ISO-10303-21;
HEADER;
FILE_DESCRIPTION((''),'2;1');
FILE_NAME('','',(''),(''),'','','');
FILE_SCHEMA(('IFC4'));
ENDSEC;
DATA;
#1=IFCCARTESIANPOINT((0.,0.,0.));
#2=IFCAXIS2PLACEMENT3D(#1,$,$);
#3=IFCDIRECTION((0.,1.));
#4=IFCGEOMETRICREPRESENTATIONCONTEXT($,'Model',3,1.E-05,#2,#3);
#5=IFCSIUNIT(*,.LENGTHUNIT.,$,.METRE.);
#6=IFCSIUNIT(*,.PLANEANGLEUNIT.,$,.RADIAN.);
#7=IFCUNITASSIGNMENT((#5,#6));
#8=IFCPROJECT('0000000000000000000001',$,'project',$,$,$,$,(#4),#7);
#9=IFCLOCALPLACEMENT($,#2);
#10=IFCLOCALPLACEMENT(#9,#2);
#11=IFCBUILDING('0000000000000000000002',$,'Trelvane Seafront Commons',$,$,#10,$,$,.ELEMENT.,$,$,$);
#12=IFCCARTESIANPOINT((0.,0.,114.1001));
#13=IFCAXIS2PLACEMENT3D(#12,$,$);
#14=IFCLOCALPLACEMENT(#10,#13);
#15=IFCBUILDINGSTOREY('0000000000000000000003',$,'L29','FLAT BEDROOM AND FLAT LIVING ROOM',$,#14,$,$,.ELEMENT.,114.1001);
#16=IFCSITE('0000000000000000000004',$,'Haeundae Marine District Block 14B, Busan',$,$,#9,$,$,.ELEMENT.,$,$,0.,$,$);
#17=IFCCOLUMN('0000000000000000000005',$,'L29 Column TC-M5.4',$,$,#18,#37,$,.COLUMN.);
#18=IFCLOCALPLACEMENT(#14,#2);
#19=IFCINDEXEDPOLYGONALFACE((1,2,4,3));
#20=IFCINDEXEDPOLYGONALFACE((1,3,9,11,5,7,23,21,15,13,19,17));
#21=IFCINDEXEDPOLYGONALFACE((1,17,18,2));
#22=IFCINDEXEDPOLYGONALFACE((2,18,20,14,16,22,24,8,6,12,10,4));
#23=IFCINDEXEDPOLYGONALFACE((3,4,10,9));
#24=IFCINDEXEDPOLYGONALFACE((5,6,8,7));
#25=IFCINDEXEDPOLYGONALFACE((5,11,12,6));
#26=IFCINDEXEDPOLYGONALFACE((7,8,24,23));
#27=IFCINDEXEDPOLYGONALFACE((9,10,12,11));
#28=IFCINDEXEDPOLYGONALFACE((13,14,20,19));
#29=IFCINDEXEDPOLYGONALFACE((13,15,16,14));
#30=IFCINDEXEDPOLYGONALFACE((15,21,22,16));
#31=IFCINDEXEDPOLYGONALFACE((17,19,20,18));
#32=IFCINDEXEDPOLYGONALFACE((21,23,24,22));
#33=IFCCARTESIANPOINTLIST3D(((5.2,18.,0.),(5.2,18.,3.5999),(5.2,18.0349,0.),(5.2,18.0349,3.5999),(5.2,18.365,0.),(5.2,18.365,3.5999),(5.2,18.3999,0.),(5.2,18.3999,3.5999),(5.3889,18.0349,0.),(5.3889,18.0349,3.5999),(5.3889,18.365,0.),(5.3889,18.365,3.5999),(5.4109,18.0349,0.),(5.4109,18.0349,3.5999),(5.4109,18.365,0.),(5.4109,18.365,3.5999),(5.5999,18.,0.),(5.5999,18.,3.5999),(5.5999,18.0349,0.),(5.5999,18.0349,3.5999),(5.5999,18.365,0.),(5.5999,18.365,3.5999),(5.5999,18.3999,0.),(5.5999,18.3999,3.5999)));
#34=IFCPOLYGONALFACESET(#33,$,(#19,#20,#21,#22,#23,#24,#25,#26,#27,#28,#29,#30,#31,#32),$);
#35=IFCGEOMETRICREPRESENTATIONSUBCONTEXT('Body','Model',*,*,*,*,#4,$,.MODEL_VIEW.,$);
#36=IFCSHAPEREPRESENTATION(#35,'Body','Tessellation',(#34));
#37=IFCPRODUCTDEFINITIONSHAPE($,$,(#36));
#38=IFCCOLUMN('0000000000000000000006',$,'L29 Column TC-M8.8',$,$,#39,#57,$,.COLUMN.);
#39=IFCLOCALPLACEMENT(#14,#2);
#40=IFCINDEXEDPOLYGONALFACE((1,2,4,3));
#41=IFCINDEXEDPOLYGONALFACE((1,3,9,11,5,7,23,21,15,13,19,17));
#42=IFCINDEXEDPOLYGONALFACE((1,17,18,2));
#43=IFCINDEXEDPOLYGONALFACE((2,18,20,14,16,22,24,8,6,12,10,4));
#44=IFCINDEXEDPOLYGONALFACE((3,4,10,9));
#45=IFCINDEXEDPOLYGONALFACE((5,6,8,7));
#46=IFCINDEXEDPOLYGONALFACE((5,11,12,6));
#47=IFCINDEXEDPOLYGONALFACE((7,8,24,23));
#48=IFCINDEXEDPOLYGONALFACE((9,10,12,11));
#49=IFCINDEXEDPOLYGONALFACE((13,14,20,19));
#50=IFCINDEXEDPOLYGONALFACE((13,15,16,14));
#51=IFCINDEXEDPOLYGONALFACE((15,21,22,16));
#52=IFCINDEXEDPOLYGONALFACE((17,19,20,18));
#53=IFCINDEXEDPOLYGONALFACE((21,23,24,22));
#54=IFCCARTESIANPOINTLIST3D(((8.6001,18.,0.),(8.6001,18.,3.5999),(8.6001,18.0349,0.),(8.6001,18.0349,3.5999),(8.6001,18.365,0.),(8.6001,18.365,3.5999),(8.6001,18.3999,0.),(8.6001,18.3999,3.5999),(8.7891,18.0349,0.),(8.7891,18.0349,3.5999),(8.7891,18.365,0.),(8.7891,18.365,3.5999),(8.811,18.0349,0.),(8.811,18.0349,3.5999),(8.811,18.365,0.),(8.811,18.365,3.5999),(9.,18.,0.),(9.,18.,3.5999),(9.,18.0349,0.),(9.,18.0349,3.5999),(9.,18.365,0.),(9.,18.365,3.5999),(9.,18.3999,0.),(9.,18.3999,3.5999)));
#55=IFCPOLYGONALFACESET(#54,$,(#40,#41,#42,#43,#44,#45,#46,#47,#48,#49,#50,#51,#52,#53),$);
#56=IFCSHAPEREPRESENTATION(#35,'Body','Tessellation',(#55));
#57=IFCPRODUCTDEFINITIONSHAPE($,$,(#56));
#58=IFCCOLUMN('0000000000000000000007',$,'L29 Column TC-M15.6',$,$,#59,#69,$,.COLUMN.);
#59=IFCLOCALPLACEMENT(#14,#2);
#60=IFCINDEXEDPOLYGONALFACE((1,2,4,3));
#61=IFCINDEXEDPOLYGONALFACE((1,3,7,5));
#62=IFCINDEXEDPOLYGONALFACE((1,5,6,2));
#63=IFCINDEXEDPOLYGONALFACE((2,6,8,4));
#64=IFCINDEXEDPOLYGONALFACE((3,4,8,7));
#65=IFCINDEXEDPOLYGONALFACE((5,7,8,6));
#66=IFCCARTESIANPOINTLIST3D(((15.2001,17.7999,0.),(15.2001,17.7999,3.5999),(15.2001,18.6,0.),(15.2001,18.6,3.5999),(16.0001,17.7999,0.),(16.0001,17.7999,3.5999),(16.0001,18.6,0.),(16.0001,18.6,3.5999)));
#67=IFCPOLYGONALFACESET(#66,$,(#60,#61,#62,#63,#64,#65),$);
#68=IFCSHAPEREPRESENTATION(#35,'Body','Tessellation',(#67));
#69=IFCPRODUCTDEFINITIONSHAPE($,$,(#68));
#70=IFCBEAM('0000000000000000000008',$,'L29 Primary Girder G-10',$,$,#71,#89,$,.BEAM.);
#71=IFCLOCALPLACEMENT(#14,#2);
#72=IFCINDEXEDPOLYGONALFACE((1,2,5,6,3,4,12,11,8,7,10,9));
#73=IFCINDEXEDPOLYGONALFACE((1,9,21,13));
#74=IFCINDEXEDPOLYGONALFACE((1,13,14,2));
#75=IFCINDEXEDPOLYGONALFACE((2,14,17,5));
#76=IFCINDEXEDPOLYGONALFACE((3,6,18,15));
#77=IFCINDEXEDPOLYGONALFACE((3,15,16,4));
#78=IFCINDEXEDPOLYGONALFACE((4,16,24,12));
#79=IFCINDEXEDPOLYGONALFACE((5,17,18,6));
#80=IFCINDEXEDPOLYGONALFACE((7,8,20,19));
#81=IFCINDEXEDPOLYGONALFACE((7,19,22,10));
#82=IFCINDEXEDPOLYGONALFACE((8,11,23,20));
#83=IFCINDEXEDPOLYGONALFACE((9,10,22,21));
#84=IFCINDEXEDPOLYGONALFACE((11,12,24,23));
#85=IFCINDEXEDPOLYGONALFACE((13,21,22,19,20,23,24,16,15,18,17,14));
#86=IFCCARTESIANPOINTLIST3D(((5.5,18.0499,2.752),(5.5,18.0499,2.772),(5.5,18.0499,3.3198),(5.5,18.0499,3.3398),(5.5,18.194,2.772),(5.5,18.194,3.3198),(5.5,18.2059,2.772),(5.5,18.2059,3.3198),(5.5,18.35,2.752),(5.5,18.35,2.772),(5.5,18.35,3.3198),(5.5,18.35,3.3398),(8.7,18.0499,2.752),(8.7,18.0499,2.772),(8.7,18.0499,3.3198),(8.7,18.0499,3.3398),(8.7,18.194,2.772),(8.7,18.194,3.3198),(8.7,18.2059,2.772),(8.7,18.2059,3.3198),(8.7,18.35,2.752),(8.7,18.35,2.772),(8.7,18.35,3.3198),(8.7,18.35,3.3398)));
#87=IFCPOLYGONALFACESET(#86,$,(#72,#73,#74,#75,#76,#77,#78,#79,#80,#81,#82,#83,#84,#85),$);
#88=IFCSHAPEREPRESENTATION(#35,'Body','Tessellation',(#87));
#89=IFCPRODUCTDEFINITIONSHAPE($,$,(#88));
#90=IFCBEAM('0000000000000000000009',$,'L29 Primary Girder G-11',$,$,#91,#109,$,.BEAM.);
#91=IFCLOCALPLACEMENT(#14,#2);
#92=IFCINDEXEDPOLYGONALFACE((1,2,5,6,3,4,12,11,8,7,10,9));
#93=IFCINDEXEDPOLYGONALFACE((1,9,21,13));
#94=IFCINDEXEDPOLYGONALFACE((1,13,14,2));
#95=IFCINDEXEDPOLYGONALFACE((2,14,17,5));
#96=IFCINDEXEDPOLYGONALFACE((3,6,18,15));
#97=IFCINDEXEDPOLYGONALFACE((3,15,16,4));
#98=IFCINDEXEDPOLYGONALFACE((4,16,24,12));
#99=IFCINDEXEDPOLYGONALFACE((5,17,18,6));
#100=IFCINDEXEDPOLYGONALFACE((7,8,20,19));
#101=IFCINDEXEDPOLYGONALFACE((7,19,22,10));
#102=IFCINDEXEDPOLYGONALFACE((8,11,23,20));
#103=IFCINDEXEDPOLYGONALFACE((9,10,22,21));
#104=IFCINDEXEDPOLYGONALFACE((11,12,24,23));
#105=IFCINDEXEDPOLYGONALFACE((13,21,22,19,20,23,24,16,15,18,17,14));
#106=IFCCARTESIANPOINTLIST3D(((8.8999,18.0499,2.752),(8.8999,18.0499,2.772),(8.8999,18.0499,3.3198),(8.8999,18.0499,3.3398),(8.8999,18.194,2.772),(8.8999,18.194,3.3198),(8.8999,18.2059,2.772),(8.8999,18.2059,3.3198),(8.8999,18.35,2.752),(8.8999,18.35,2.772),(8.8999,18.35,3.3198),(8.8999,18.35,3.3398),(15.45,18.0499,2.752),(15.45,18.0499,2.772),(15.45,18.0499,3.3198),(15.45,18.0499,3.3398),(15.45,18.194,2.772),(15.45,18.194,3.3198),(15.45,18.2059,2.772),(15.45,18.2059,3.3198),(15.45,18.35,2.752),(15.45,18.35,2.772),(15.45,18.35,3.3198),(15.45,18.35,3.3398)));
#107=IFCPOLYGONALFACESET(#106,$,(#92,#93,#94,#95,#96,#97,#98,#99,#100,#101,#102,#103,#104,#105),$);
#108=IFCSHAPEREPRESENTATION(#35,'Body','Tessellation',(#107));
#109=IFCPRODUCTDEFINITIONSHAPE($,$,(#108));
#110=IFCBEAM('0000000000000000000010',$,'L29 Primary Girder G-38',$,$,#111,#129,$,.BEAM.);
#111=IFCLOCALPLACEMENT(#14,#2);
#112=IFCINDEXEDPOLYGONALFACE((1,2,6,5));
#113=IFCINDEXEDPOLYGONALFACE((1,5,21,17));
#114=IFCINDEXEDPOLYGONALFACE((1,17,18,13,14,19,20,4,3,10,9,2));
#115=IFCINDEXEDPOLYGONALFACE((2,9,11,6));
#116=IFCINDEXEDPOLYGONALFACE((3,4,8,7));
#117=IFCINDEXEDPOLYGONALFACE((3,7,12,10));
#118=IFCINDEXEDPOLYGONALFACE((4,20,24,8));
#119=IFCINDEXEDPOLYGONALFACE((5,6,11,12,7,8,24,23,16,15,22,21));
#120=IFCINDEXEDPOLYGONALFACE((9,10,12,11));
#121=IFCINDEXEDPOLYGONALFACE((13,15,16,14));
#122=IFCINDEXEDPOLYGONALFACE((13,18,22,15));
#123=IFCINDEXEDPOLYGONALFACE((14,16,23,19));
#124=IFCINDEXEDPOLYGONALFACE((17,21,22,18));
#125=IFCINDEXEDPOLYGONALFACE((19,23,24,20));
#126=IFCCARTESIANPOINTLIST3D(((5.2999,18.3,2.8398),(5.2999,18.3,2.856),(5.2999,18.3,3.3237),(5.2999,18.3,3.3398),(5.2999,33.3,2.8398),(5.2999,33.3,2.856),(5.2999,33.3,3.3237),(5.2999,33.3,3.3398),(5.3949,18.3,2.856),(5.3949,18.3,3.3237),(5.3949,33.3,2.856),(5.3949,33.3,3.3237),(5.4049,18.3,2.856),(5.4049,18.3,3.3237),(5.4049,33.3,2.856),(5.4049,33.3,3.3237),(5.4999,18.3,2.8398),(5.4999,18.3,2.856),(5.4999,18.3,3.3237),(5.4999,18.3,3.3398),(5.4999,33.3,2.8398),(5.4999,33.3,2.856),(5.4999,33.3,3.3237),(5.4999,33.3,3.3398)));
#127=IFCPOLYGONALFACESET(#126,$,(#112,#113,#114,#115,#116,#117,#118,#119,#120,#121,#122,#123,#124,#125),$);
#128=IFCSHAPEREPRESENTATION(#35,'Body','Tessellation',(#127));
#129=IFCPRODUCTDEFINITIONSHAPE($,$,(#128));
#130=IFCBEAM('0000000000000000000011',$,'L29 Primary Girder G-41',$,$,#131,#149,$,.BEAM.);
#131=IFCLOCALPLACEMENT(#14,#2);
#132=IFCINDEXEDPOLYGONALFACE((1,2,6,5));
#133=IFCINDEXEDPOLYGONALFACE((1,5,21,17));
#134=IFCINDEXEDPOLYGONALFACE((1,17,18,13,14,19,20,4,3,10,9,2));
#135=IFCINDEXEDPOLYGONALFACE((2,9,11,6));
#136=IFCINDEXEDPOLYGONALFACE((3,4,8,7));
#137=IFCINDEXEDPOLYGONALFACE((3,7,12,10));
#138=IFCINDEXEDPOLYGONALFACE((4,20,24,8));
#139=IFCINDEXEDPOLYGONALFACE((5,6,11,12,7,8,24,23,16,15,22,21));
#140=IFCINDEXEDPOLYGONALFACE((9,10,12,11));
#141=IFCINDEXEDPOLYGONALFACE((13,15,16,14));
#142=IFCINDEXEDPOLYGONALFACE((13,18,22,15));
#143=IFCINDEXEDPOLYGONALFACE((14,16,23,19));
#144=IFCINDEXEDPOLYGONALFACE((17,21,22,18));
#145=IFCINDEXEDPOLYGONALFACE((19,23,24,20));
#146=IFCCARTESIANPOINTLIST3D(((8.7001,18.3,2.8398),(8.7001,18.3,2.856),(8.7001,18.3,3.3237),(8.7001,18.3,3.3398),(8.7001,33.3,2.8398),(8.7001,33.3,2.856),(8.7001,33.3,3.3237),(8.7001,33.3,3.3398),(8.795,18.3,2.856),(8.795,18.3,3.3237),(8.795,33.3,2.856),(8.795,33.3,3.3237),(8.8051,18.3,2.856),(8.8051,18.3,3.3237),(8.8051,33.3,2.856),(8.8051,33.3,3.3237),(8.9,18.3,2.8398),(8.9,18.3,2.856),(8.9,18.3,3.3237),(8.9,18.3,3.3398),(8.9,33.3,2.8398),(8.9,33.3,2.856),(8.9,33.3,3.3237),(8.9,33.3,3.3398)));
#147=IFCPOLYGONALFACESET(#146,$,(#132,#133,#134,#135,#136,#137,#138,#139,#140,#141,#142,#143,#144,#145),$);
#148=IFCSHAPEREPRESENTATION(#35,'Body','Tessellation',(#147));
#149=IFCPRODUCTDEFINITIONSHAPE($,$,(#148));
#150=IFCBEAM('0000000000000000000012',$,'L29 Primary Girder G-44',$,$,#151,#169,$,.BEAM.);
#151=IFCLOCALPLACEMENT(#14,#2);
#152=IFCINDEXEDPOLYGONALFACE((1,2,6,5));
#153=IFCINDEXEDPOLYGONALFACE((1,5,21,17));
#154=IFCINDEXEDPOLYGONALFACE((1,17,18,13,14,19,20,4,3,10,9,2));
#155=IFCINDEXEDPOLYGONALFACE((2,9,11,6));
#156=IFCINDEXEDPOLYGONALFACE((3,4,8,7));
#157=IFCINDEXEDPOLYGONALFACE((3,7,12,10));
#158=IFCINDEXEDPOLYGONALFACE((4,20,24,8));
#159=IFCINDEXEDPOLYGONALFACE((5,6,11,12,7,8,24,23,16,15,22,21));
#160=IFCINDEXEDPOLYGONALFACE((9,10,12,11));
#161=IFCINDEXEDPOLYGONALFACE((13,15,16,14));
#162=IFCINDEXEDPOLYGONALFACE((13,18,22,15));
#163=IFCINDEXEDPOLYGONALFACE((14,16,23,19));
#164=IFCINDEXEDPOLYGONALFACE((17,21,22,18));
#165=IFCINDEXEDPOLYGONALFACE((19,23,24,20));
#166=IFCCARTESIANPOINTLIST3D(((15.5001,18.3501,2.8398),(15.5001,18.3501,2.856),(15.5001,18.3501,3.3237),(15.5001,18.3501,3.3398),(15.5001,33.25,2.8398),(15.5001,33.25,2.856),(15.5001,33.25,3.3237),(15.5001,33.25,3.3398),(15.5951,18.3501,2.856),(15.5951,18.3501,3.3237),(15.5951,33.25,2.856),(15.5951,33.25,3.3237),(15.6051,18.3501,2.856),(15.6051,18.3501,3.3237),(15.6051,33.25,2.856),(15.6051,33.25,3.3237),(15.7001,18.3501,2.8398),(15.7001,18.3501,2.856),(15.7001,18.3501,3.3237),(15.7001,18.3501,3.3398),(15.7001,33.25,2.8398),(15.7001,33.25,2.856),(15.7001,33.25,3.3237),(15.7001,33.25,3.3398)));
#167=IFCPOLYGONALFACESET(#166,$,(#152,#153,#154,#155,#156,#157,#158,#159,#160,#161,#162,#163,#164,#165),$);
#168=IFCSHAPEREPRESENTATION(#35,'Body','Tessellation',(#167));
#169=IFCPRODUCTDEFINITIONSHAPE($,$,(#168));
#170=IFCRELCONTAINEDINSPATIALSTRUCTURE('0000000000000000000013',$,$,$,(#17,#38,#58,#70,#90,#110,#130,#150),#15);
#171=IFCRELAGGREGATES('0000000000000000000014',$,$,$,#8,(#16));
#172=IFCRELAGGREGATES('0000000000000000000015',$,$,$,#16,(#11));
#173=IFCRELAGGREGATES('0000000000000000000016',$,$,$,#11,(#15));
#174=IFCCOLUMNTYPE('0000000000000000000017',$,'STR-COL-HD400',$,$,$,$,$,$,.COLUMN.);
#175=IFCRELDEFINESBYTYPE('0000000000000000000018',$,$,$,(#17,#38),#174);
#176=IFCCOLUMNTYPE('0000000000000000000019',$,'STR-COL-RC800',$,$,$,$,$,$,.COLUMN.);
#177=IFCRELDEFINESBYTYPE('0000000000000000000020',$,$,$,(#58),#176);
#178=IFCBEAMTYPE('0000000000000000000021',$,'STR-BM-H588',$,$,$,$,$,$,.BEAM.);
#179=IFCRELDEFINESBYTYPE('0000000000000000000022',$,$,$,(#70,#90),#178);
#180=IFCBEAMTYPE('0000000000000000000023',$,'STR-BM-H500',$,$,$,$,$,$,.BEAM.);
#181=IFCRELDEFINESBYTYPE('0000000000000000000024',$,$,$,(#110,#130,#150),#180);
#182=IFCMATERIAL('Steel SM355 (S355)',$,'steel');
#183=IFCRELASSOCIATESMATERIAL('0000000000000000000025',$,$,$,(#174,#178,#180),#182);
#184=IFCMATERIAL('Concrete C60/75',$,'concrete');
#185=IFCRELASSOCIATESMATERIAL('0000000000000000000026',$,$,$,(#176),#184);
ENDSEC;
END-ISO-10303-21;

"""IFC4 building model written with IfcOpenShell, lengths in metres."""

from ifc_helpers import new_model, si_unit, direction, frame, origin, origin_2d, place, context, subcontext, project, spatial, rectangle, i_section, extrude, source, transform, mapped, material, material_profile, profile_set, type_object, element, save


model = new_model("IFC4")

# Units and contexts
model_context = context("Model", 3, precision=1e-05, world=origin(), true_north=direction((0.0, 1.0)))
body_context = subcontext(model_context, "Body", "Model", "MODEL_VIEW")
ifc_project = project(units=[si_unit("LENGTHUNIT", "METRE"), si_unit("PLANEANGLEUNIT", "RADIAN")], contexts=[model_context])

# Site, building, storey
site_placement = place(None, origin())
site = spatial("IfcSite", under=ifc_project, at=site_placement, Name="Haeundae Marine District Block 14B, Busan", CompositionType="ELEMENT", RefElevation=0.0)
building_placement = place(site_placement, origin())
building = spatial("IfcBuilding", under=site, at=building_placement, Name="Trelvane Seafront Commons", CompositionType="ELEMENT")
storey_placement = place(building_placement, frame((0.0, 0.0, 114.1001)))
storey = spatial("IfcBuildingStorey", under=building, at=storey_placement, Name="L29", Description="FLAT BEDROOM AND FLAT LIVING ROOM", CompositionType="ELEMENT", Elevation=114.1001)

# Columns
ifc_material_1 = material(Name="Steel SM355 (S355)", Category="steel")
ifc_material_profile_1 = material_profile(ifc_material_1, i_section(OverallWidth=0.3999, OverallDepth=0.3999, WebThickness=0.022, FlangeThickness=0.0349, at=origin_2d()), Name="HD-400x400x22x35")
ifc_profile_set_1 = profile_set([ifc_material_profile_1], Name="Steel SM355 (S355)")
column_type_1 = type_object("IfcColumnType", Name="STR-COL-HD400", PredefinedType="COLUMN", material=ifc_profile_set_1)
shared_shape_1 = source(origin(), body_context, "Body", "SweptSolid", [
    extrude(i_section(OverallWidth=0.3999, OverallDepth=0.3999, WebThickness=0.022, FlangeThickness=0.0349, at=origin_2d()), origin(), (0.0, 0.0, 1.0), 3.5999),
])
for number, where, z_axis, x_axis, name in (
    (1, (5.3999, 18.2, 0.0), (0.0, 0.0, 1.0), (1.0, 0.0, 0.0), "L29 Column TC-M5.4"),
    (2, (8.8, 18.2, 0.0), (0.0, 0.0, 1.0), (1.0, 0.0, 0.0), "L29 Column TC-M8.8"),
):
    element("IfcColumn", number, at=place(storey_placement, frame(where, z_axis=z_axis, x_axis=x_axis)), inside=storey, type_object=column_type_1, Name=name, PredefinedType="COLUMN", context=body_context, shape_type="MappedRepresentation", body=[
        mapped(shared_shape_1, transform((0.0, 0.0, 0.0), x_axis=(1.0, 0.0, 0.0), y_axis=(0.0, 1.0, 0.0), z_axis=(0.0, 0.0, 1.0), scale=1.0)),
    ])
ifc_material_2 = material(Name="Concrete C60/75", Category="concrete")
ifc_material_profile_2 = material_profile(ifc_material_2, rectangle(XDim=0.8, YDim=0.8, at=origin_2d()), Name="RC-800x800")
ifc_profile_set_2 = profile_set([ifc_material_profile_2], Name="Concrete C60/75")
column_type_2 = type_object("IfcColumnType", Name="STR-COL-RC800", PredefinedType="COLUMN", material=ifc_profile_set_2)
shared_shape_2 = source(origin(), body_context, "Body", "SweptSolid", [
    extrude(rectangle(XDim=0.8, YDim=0.8, at=origin_2d()), origin(), (0.0, 0.0, 1.0), 3.5999),
])
column_placement = place(storey_placement, frame((15.6001, 18.2, 0.0), z_axis=(0.0, 0.0, 1.0), x_axis=(1.0, 0.0, 0.0)))
element("IfcColumn", 3, at=column_placement, inside=storey, type_object=column_type_2, Name="L29 Column TC-M15.6", PredefinedType="COLUMN", context=body_context, shape_type="MappedRepresentation", body=[
    mapped(shared_shape_2, transform((0.0, 0.0, 0.0), x_axis=(1.0, 0.0, 0.0), y_axis=(0.0, 1.0, 0.0), z_axis=(0.0, 0.0, 1.0), scale=1.0)),
])

# Beams
ifc_material_profile_3 = material_profile(ifc_material_1, i_section(OverallWidth=0.3, OverallDepth=0.5879, WebThickness=0.012, FlangeThickness=0.02, at=origin_2d()), Name="H-588x300x12x20")
ifc_profile_set_3 = profile_set([ifc_material_profile_3], Name="Steel SM355 (S355)")
beam_type_1 = type_object("IfcBeamType", Name="STR-BM-H588", PredefinedType="BEAM", material=ifc_profile_set_3)
shared_shape_3 = source(origin(), body_context, "Body", "SweptSolid", [
    extrude(i_section(OverallWidth=0.3, OverallDepth=0.5879, WebThickness=0.012, FlangeThickness=0.02, at=origin_2d()), origin(), (0.0, 0.0, 1.0), 3.2),
])
beam_1_placement = place(storey_placement, frame((5.5, 18.2, 3.0459), z_axis=(1.0, 0.0, 0.0), x_axis=(0.0, 1.0, 0.0)))
element("IfcBeam", 4, at=beam_1_placement, inside=storey, type_object=beam_type_1, Name="L29 Primary Girder G-10", PredefinedType="BEAM", context=body_context, shape_type="MappedRepresentation", body=[
    mapped(shared_shape_3, transform((0.0, 0.0, 0.0), x_axis=(1.0, 0.0, 0.0), y_axis=(0.0, 1.0, 0.0), z_axis=(0.0, 0.0, 1.0), scale=1.0)),
])
shared_shape_4 = source(origin(), body_context, "Body", "SweptSolid", [
    extrude(i_section(OverallWidth=0.3, OverallDepth=0.5879, WebThickness=0.012, FlangeThickness=0.02, at=origin_2d()), origin(), (0.0, 0.0, 1.0), 6.55),
])
beam_2_placement = place(storey_placement, frame((8.8999, 18.2, 3.0459), z_axis=(1.0, 0.0, 0.0), x_axis=(0.0, 1.0, 0.0)))
element("IfcBeam", 5, at=beam_2_placement, inside=storey, type_object=beam_type_1, Name="L29 Primary Girder G-11", PredefinedType="BEAM", context=body_context, shape_type="MappedRepresentation", body=[
    mapped(shared_shape_4, transform((0.0, 0.0, 0.0), x_axis=(1.0, 0.0, 0.0), y_axis=(0.0, 1.0, 0.0), z_axis=(0.0, 0.0, 1.0), scale=1.0)),
])
ifc_material_profile_4 = material_profile(ifc_material_1, i_section(OverallWidth=0.2, OverallDepth=0.5, WebThickness=0.01, FlangeThickness=0.0161, at=origin_2d()), Name="H-500x200x10x16")
ifc_profile_set_4 = profile_set([ifc_material_profile_4], Name="Steel SM355 (S355)")
beam_type_2 = type_object("IfcBeamType", Name="STR-BM-H500", PredefinedType="BEAM", material=ifc_profile_set_4)
shared_shape_5 = source(origin(), body_context, "Body", "SweptSolid", [
    extrude(i_section(OverallWidth=0.2, OverallDepth=0.5, WebThickness=0.01, FlangeThickness=0.0161, at=origin_2d()), origin(), (0.0, 0.0, 1.0), 15.0),
])
for number, where, z_axis, x_axis, name in (
    (6, (5.3999, 18.3, 3.0898), (0.0, 1.0, 0.0), (-1.0, 0.0, 0.0), "L29 Primary Girder G-38"),
    (7, (8.8, 18.3, 3.0898), (0.0, 1.0, 0.0), (-1.0, 0.0, 0.0), "L29 Primary Girder G-41"),
):
    element("IfcBeam", number, at=place(storey_placement, frame(where, z_axis=z_axis, x_axis=x_axis)), inside=storey, type_object=beam_type_2, Name=name, PredefinedType="BEAM", context=body_context, shape_type="MappedRepresentation", body=[
        mapped(shared_shape_5, transform((0.0, 0.0, 0.0), x_axis=(1.0, 0.0, 0.0), y_axis=(0.0, 1.0, 0.0), z_axis=(0.0, 0.0, 1.0), scale=1.0)),
    ])
shared_shape_6 = source(origin(), body_context, "Body", "SweptSolid", [
    extrude(i_section(OverallWidth=0.2, OverallDepth=0.5, WebThickness=0.01, FlangeThickness=0.0161, at=origin_2d()), origin(), (0.0, 0.0, 1.0), 14.8999),
])
beam_3_placement = place(storey_placement, frame((15.6001, 18.3501, 3.0898), z_axis=(0.0, 1.0, 0.0), x_axis=(-1.0, 0.0, 0.0)))
element("IfcBeam", 8, at=beam_3_placement, inside=storey, type_object=beam_type_2, Name="L29 Primary Girder G-44", PredefinedType="BEAM", context=body_context, shape_type="MappedRepresentation", body=[
    mapped(shared_shape_6, transform((0.0, 0.0, 0.0), x_axis=(1.0, 0.0, 0.0), y_axis=(0.0, 1.0, 0.0), z_axis=(0.0, 0.0, 1.0), scale=1.0)),
])

save(model, "model.ifc")
